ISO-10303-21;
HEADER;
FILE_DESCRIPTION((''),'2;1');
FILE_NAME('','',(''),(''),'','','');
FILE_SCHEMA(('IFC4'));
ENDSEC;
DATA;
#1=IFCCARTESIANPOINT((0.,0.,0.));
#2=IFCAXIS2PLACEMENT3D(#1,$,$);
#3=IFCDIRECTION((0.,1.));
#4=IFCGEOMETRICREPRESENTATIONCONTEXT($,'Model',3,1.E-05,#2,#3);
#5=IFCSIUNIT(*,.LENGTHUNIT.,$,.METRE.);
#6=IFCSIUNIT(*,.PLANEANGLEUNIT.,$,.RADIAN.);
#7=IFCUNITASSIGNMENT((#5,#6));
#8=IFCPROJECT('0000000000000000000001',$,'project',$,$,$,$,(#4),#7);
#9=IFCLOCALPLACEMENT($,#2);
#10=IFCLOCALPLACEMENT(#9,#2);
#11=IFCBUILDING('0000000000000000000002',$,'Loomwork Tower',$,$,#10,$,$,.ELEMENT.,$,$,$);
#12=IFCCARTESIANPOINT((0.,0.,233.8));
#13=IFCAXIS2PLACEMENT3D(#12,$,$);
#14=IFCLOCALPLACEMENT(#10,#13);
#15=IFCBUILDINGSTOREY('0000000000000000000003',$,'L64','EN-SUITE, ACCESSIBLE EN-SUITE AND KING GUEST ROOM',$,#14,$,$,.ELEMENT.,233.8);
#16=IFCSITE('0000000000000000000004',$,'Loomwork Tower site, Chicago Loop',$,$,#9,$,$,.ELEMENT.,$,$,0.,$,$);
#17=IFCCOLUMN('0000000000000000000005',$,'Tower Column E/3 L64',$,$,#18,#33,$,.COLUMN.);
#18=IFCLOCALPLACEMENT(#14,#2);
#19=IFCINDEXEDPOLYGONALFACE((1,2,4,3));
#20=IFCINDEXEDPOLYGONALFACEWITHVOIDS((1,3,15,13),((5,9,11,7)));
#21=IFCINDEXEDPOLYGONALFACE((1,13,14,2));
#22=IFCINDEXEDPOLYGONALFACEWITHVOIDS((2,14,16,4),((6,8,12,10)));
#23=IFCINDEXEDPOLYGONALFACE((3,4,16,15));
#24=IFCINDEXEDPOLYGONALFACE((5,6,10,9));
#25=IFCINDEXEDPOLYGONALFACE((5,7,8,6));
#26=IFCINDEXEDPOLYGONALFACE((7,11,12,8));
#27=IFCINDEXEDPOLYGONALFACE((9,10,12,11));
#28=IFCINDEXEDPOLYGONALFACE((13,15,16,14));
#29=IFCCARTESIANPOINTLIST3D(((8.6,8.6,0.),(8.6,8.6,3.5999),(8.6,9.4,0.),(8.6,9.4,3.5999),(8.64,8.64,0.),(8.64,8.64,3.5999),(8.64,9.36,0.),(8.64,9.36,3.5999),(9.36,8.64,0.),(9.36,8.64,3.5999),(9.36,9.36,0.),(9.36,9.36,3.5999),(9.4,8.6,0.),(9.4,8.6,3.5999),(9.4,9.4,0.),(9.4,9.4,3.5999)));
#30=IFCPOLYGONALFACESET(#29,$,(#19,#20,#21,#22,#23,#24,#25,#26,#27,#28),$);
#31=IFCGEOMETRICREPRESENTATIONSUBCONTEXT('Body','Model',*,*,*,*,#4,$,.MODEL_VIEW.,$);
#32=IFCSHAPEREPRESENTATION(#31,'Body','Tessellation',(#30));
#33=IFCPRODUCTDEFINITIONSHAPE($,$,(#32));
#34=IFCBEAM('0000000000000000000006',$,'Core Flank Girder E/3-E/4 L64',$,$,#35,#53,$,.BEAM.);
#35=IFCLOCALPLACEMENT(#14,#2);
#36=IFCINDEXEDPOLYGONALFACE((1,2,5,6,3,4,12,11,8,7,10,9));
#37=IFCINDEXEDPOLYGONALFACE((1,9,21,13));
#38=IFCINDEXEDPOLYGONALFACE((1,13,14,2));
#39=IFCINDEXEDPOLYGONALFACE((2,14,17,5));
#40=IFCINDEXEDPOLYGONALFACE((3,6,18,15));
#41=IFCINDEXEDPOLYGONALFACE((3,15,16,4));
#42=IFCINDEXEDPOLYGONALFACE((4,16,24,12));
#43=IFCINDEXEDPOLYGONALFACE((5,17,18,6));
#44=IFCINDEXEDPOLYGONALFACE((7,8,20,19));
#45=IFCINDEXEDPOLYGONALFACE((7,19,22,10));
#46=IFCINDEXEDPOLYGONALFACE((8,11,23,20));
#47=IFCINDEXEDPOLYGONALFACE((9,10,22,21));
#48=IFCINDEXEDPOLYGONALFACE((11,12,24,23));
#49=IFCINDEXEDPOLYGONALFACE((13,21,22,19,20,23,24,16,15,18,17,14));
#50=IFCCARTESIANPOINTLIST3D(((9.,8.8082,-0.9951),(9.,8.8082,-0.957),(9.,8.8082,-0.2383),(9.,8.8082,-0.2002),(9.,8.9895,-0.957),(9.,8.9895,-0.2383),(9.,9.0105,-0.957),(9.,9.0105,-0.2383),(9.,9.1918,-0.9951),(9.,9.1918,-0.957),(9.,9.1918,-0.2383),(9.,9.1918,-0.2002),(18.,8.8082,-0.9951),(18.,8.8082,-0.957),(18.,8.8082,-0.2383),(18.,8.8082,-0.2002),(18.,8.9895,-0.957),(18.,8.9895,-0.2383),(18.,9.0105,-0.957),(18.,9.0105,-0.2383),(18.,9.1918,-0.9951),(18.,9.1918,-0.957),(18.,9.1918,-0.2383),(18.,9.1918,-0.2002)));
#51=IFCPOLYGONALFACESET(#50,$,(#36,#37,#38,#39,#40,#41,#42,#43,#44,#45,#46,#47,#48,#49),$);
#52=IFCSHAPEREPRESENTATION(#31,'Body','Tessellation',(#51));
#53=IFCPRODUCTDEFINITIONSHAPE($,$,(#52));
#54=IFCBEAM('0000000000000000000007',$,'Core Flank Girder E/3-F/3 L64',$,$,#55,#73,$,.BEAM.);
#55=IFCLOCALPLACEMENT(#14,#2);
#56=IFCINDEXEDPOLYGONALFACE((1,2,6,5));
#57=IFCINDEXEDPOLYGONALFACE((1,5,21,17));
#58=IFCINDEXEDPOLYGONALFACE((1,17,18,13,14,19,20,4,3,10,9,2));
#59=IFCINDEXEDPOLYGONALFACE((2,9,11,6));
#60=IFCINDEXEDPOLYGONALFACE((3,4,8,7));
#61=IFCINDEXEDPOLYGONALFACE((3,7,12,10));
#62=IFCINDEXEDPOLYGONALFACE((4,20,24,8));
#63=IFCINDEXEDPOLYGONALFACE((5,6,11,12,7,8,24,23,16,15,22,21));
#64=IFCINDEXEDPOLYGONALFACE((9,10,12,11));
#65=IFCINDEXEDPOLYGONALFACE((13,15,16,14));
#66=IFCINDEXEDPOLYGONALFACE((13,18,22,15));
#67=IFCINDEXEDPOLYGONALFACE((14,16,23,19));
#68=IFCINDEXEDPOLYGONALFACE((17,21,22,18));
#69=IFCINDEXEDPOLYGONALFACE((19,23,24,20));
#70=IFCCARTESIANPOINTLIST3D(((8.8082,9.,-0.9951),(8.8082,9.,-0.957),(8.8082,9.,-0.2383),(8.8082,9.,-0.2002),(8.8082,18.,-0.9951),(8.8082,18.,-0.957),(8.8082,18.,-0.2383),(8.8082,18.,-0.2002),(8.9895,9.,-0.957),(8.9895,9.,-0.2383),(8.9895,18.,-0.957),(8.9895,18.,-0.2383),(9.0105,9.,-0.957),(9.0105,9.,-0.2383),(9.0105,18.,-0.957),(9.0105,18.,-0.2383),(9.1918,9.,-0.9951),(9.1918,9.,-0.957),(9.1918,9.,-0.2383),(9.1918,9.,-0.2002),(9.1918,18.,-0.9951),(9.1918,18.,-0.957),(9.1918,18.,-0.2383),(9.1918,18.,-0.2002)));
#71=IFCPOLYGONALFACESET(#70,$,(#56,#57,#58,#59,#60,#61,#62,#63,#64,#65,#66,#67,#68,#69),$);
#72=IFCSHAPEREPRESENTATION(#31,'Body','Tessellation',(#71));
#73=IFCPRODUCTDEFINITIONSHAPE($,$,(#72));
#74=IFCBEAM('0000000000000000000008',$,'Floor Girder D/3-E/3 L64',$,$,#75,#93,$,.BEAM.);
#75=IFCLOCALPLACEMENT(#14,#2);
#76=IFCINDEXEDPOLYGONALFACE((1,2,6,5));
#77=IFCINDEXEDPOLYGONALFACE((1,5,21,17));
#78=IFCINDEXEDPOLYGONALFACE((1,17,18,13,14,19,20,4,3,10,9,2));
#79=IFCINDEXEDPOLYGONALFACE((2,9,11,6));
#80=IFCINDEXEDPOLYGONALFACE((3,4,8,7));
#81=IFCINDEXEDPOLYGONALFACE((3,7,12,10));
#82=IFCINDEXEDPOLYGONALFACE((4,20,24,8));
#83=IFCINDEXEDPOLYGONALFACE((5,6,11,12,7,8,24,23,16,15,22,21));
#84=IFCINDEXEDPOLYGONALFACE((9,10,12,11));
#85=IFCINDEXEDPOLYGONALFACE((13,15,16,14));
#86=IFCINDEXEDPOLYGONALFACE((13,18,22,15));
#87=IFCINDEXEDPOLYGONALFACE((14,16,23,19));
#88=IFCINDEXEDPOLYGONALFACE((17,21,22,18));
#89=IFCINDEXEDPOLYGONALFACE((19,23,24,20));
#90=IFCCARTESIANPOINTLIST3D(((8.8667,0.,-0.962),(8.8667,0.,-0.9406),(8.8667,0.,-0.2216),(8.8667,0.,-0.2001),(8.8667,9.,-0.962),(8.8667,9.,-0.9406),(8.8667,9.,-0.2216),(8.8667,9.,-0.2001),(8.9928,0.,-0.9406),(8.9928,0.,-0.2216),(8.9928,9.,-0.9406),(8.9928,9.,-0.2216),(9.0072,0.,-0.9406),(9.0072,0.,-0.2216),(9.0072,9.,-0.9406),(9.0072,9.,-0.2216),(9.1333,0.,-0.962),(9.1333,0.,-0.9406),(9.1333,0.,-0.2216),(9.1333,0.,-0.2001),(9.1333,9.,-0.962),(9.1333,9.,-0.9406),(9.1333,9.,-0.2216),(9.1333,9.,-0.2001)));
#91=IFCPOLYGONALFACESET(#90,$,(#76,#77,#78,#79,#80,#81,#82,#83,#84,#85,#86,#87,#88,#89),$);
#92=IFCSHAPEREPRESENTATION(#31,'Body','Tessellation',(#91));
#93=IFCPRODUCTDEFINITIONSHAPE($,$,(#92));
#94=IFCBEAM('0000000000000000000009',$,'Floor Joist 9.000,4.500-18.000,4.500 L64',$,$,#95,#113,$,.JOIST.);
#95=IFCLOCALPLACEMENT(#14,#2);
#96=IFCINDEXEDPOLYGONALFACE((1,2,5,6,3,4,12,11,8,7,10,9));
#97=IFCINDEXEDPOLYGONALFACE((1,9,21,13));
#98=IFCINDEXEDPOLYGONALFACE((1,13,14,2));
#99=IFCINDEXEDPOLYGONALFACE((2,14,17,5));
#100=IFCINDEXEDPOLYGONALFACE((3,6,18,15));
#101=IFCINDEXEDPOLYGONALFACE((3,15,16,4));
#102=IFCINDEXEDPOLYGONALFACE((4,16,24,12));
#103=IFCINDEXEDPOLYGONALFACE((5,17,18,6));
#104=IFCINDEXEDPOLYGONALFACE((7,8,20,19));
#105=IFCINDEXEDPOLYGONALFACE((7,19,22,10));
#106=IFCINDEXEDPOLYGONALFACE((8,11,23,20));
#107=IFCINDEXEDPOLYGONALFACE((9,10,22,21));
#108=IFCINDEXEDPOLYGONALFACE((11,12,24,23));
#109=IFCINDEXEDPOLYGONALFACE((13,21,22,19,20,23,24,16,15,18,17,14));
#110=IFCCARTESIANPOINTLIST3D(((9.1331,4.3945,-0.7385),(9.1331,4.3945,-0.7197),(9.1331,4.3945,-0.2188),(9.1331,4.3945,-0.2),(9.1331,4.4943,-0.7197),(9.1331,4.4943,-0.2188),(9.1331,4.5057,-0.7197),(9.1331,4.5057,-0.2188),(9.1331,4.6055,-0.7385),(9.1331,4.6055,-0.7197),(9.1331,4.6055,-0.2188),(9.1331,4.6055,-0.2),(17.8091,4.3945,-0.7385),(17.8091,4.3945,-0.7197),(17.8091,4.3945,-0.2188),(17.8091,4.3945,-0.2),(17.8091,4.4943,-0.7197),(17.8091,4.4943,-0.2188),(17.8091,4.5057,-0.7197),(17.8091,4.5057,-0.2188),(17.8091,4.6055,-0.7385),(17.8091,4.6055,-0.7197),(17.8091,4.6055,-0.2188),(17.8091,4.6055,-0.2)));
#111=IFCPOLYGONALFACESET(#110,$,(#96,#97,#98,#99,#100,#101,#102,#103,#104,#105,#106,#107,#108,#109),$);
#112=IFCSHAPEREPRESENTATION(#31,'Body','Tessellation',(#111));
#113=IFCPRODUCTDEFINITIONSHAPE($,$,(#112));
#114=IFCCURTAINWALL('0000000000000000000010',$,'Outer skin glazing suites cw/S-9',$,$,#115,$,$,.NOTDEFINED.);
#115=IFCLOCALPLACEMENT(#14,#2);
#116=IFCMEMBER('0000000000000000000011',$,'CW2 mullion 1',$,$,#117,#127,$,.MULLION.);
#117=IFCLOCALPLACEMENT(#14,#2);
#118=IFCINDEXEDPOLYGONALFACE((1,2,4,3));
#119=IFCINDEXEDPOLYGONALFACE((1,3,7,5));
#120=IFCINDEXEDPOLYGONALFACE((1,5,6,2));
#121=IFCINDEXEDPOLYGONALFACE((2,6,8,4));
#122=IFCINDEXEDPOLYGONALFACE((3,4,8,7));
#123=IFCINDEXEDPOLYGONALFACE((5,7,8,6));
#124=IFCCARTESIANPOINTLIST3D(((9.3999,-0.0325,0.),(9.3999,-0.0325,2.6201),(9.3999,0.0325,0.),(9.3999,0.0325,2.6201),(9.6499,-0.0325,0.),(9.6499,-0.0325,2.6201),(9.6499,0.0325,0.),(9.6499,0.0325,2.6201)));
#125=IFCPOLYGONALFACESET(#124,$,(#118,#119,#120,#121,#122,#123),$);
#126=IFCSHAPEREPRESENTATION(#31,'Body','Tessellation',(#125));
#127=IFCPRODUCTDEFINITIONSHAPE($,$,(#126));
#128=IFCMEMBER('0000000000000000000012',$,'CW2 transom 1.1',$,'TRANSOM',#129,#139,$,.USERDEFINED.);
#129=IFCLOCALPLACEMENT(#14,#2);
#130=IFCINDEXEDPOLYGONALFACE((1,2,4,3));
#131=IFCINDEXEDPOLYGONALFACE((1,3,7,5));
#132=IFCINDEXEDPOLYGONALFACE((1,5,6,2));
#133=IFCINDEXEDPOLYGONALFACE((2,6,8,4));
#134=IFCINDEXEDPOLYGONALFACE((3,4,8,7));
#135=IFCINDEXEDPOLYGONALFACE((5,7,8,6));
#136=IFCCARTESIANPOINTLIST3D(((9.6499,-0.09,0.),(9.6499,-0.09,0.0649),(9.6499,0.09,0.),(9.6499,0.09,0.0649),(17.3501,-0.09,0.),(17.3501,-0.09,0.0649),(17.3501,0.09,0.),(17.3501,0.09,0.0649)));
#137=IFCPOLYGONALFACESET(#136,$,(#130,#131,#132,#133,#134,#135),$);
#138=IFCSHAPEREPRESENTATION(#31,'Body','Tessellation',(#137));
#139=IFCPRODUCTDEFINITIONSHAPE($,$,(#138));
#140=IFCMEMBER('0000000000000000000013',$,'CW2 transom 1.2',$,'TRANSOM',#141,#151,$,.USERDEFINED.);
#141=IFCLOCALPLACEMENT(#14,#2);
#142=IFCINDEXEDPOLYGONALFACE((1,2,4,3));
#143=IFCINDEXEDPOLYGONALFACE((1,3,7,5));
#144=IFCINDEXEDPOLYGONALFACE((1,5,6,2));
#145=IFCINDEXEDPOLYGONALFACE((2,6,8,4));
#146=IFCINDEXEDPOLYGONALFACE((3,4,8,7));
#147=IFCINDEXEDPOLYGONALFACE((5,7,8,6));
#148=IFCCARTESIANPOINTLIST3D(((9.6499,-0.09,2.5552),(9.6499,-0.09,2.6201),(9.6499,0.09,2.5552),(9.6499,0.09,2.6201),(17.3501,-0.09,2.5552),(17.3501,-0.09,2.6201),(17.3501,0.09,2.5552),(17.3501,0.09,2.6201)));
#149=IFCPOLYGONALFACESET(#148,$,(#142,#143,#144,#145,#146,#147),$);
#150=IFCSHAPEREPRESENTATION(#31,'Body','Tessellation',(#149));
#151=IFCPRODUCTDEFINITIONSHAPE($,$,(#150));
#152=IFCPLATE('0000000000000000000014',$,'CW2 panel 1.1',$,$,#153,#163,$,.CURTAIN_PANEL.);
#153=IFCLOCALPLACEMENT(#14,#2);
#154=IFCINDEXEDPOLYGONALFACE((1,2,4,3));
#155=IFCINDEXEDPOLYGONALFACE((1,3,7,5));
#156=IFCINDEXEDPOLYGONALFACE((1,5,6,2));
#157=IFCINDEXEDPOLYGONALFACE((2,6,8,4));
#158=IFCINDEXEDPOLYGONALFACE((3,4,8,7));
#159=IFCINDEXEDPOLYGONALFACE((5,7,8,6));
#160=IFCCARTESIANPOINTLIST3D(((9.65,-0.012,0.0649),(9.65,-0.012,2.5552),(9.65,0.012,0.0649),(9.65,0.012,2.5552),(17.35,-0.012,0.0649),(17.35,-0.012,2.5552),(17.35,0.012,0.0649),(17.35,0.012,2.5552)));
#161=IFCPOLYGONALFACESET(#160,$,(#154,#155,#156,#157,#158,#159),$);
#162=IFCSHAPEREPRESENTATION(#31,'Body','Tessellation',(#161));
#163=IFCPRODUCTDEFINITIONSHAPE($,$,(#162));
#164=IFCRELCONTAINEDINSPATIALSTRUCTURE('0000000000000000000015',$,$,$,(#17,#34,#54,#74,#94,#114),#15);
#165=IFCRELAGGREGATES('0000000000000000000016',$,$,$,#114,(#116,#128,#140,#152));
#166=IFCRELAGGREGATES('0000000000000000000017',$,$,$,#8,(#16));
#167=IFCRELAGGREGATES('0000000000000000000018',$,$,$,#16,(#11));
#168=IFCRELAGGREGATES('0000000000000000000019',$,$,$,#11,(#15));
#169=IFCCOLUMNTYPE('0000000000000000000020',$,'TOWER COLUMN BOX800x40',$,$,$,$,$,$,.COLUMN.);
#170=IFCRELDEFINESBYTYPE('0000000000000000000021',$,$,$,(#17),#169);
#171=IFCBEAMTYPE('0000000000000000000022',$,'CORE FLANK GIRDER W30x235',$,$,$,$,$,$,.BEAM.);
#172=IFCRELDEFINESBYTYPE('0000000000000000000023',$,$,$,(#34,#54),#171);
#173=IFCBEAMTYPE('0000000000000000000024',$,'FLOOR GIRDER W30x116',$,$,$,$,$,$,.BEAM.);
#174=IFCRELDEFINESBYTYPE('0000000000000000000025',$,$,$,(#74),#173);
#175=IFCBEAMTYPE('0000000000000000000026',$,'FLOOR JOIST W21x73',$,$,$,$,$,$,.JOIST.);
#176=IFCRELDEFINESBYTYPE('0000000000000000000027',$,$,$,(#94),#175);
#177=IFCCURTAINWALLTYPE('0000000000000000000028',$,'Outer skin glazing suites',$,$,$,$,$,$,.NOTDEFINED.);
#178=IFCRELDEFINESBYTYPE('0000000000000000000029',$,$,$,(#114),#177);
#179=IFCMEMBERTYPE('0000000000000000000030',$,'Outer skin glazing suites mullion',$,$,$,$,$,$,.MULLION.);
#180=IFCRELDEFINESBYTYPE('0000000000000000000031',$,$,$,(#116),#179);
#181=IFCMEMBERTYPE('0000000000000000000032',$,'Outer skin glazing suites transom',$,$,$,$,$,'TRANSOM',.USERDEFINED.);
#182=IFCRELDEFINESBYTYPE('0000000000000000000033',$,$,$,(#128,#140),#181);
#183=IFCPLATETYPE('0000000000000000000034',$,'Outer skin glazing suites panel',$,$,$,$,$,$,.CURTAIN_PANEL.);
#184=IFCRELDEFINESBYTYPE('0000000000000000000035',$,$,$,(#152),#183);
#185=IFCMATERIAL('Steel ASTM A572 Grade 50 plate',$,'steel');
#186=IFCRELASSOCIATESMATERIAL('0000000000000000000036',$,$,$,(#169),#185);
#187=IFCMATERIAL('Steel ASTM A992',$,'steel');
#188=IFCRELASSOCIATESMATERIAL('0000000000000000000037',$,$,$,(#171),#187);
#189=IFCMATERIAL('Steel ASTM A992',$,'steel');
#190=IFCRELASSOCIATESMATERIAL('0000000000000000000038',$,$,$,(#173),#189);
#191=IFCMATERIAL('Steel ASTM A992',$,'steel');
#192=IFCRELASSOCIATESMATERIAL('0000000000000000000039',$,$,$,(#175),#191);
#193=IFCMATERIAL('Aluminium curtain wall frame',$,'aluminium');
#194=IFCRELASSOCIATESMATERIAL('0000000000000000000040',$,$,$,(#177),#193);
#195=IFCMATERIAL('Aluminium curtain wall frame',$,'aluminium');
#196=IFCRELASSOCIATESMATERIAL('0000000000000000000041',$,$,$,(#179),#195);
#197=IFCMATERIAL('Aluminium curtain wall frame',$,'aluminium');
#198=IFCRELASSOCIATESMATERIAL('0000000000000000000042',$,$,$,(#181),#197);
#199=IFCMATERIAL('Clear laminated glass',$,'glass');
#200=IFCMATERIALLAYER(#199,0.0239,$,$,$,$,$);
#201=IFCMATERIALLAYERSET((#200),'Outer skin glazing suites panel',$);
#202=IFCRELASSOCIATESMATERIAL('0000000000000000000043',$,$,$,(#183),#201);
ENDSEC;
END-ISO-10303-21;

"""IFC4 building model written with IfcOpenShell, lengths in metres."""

from ifc_helpers import new_model, si_unit, direction, frame, origin, origin_2d, place, context, subcontext, project, spatial, rectangle, hollow_rectangle, i_section, extrude, material, layer, layer_set, material_profile, profile_set, type_object, element, aggregate, save


model = new_model("IFC4")

# Units and contexts
model_context = context("Model", 3, precision=1e-05, world=origin(), true_north=direction((0.0, 1.0)))
body_context = subcontext(model_context, "Body", "Model", "MODEL_VIEW")
ifc_project = project(units=[si_unit("LENGTHUNIT", "METRE"), si_unit("PLANEANGLEUNIT", "RADIAN")], contexts=[model_context])

# Site, building, storey
site_placement = place(None, origin())
site = spatial("IfcSite", under=ifc_project, at=site_placement, Name="Loomwork Tower site, Chicago Loop", CompositionType="ELEMENT", RefElevation=0.0)
building_placement = place(site_placement, origin())
building = spatial("IfcBuilding", under=site, at=building_placement, Name="Loomwork Tower", CompositionType="ELEMENT")
storey_placement = place(building_placement, frame((0.0, 0.0, 233.8)))
storey = spatial("IfcBuildingStorey", under=building, at=storey_placement, Name="L64", Description="EN-SUITE, ACCESSIBLE EN-SUITE AND KING GUEST ROOM", CompositionType="ELEMENT", Elevation=233.8)

# Column
ifc_material_1 = material(Name="Steel ASTM A572 Grade 50 plate", Category="steel")
ifc_material_profile_1 = material_profile(ifc_material_1, hollow_rectangle(XDim=0.8, YDim=0.8, WallThickness=0.04, at=origin_2d()), Name="BOX800x40")
ifc_profile_set_1 = profile_set([ifc_material_profile_1], Name="Steel ASTM A572 Grade 50 plate")
column_type = type_object("IfcColumnType", Name="TOWER COLUMN BOX800x40", PredefinedType="COLUMN", material=ifc_profile_set_1)
column_placement = place(storey_placement, frame((9.0, 9.0, 0.0), z_axis=(0.0, 0.0, 1.0), x_axis=(1.0, 0.0, 0.0)))
element("IfcColumn", 1, at=column_placement, inside=storey, type_object=column_type, Name="Tower Column E/3 L64", PredefinedType="COLUMN", context=body_context, shape_type="SweptSolid", body=[
    extrude(hollow_rectangle(XDim=0.8, YDim=0.8, WallThickness=0.04, at=origin_2d()), origin(), (0.0, 0.0, 1.0), 3.5999),
])

# Beams
ifc_material_2 = material(Name="Steel ASTM A992", Category="steel")
ifc_material_profile_2 = material_profile(ifc_material_2, i_section(OverallWidth=0.3835, OverallDepth=0.7949, WebThickness=0.021, FlangeThickness=0.0381, at=origin_2d()), Name="W30x235")
ifc_profile_set_2 = profile_set([ifc_material_profile_2], Name="Steel ASTM A992")
beam_type_1 = type_object("IfcBeamType", Name="CORE FLANK GIRDER W30x235", PredefinedType="BEAM", material=ifc_profile_set_2)
for number, where, z_axis, x_axis, name in (
    (2, (9.0, 9.0, -0.5977), (1.0, 0.0, 0.0), (0.0, 1.0, 0.0), "Core Flank Girder E/3-E/4 L64"),
    (3, (9.0, 9.0, -0.5977), (0.0, 1.0, 0.0), (-1.0, 0.0, 0.0), "Core Flank Girder E/3-F/3 L64"),
):
    element("IfcBeam", number, at=place(storey_placement, frame(where, z_axis=z_axis, x_axis=x_axis)), inside=storey, type_object=beam_type_1, Name=name, PredefinedType="BEAM", context=body_context, shape_type="SweptSolid", body=[
        extrude(i_section(OverallWidth=0.3835, OverallDepth=0.7949, WebThickness=0.021, FlangeThickness=0.0381, at=origin_2d()), origin(), (0.0, 0.0, 1.0), 9.0),
    ])
ifc_material_3 = material(Name="Steel ASTM A992", Category="steel")
ifc_material_profile_3 = material_profile(ifc_material_3, i_section(OverallWidth=0.2666, OverallDepth=0.762, WebThickness=0.0144, FlangeThickness=0.0215, at=origin_2d()), Name="W30x116")
ifc_profile_set_3 = profile_set([ifc_material_profile_3], Name="Steel ASTM A992")
beam_type_2 = type_object("IfcBeamType", Name="FLOOR GIRDER W30x116", PredefinedType="BEAM", material=ifc_profile_set_3)
beam_1_placement = place(storey_placement, frame((9.0, 0.0, -0.5811), z_axis=(0.0, 1.0, 0.0), x_axis=(-1.0, 0.0, 0.0)))
element("IfcBeam", 4, at=beam_1_placement, inside=storey, type_object=beam_type_2, Name="Floor Girder D/3-E/3 L64", PredefinedType="BEAM", context=body_context, shape_type="SweptSolid", body=[
    extrude(i_section(OverallWidth=0.2666, OverallDepth=0.762, WebThickness=0.0144, FlangeThickness=0.0215, at=origin_2d()), origin(), (0.0, 0.0, 1.0), 9.0),
])
ifc_material_4 = material(Name="Steel ASTM A992", Category="steel")
ifc_material_profile_4 = material_profile(ifc_material_4, i_section(OverallWidth=0.2109, OverallDepth=0.5386, WebThickness=0.0115, FlangeThickness=0.0188, at=origin_2d()), Name="W21x73")
ifc_profile_set_4 = profile_set([ifc_material_profile_4], Name="Steel ASTM A992")
beam_type_3 = type_object("IfcBeamType", Name="FLOOR JOIST W21x73", PredefinedType="JOIST", material=ifc_profile_set_4)
beam_2_placement = place(storey_placement, frame((9.1331, 4.5, -0.4692), z_axis=(1.0, 0.0, 0.0), x_axis=(0.0, 1.0, 0.0)))
element("IfcBeam", 5, at=beam_2_placement, inside=storey, type_object=beam_type_3, Name="Floor Joist 9.000,4.500-18.000,4.500 L64", PredefinedType="JOIST", context=body_context, shape_type="SweptSolid", body=[
    extrude(i_section(OverallWidth=0.2109, OverallDepth=0.5386, WebThickness=0.0115, FlangeThickness=0.0188, at=origin_2d()), origin(), (0.0, 0.0, 1.0), 8.676),
])

# Curtain wall, members, plate
ifc_material_5 = material(Name="Aluminium curtain wall frame", Category="aluminium")
curtain_wall_type = type_object("IfcCurtainWallType", Name="Outer skin glazing suites", PredefinedType="NOTDEFINED", material=ifc_material_5)
curtain_wall_placement = place(storey_placement, origin())
curtain_wall = element("IfcCurtainWall", 6, at=curtain_wall_placement, inside=storey, type_object=curtain_wall_type, Name="Outer skin glazing suites cw/S-9", PredefinedType="NOTDEFINED")
ifc_material_6 = material(Name="Aluminium curtain wall frame", Category="aluminium")
ifc_material_profile_5 = material_profile(ifc_material_6, rectangle(XDim=0.0649, YDim=0.25, at=origin_2d()), Name="AL 65x250")
ifc_profile_set_5 = profile_set([ifc_material_profile_5], Name="Aluminium curtain wall frame")
member_type_1 = type_object("IfcMemberType", Name="Outer skin glazing suites mullion", PredefinedType="MULLION", material=ifc_profile_set_5)
member_1_placement = place(storey_placement, frame((9.5249, 0.0, 0.0), z_axis=(0.0, 0.0, 1.0), x_axis=(0.0, 1.0, 0.0)))
member_1 = element("IfcMember", 7, at=member_1_placement, type_object=member_type_1, Name="CW2 mullion 1", PredefinedType="MULLION", context=body_context, shape_type="SweptSolid", body=[
    extrude(rectangle(XDim=0.0649, YDim=0.25, at=origin_2d()), origin(), (0.0, 0.0, 1.0), 2.6201),
])
ifc_material_7 = material(Name="Aluminium curtain wall frame", Category="aluminium")
ifc_material_profile_6 = material_profile(ifc_material_7, rectangle(XDim=0.1799, YDim=0.0649, at=origin_2d()), Name="AL 65x180")
ifc_profile_set_6 = profile_set([ifc_material_profile_6], Name="Aluminium curtain wall frame")
member_type_2 = type_object("IfcMemberType", Name="Outer skin glazing suites transom", ElementType="TRANSOM", PredefinedType="USERDEFINED", material=ifc_profile_set_6)
member_2_placement = place(storey_placement, frame((9.6499, 0.0, 0.0325), z_axis=(1.0, 0.0, 0.0), x_axis=(0.0, 1.0, 0.0)))
member_2 = element("IfcMember", 8, at=member_2_placement, type_object=member_type_2, Name="CW2 transom 1.1", ObjectType="TRANSOM", PredefinedType="USERDEFINED", context=body_context, shape_type="SweptSolid", body=[
    extrude(rectangle(XDim=0.1799, YDim=0.0649, at=origin_2d()), origin(), (0.0, 0.0, 1.0), 7.7002),
])
member_3_placement = place(storey_placement, frame((9.6499, 0.0, 2.5876), z_axis=(1.0, 0.0, 0.0), x_axis=(0.0, 1.0, 0.0)))
member_3 = element("IfcMember", 9, at=member_3_placement, type_object=member_type_2, Name="CW2 transom 1.2", ObjectType="TRANSOM", PredefinedType="USERDEFINED", context=body_context, shape_type="SweptSolid", body=[
    extrude(rectangle(XDim=0.1799, YDim=0.0649, at=origin_2d()), origin(), (0.0, 0.0, 1.0), 7.7002),
])
ifc_material_8 = material(Name="Clear laminated glass", Category="glass")
ifc_layer_1 = layer(ifc_material_8, 0.0239)
ifc_layer_set_1 = layer_set([ifc_layer_1], Name="Outer skin glazing suites panel")
plate_type = type_object("IfcPlateType", Name="Outer skin glazing suites panel", PredefinedType="CURTAIN_PANEL", material=ifc_layer_set_1)
plate_placement = place(storey_placement, frame((13.5, 0.0, 0.0649), z_axis=(0.0, 0.0, 1.0), x_axis=(1.0, 0.0, 0.0)))
plate = element("IfcPlate", 10, at=plate_placement, type_object=plate_type, Name="CW2 panel 1.1", PredefinedType="CURTAIN_PANEL", context=body_context, shape_type="SweptSolid", body=[
    extrude(rectangle(XDim=7.7, YDim=0.0239, at=origin_2d()), origin(), (0.0, 0.0, 1.0), 2.4902),
])
aggregate(curtain_wall, [member_1, member_2, member_3, plate])

save(model, "model.ifc")
